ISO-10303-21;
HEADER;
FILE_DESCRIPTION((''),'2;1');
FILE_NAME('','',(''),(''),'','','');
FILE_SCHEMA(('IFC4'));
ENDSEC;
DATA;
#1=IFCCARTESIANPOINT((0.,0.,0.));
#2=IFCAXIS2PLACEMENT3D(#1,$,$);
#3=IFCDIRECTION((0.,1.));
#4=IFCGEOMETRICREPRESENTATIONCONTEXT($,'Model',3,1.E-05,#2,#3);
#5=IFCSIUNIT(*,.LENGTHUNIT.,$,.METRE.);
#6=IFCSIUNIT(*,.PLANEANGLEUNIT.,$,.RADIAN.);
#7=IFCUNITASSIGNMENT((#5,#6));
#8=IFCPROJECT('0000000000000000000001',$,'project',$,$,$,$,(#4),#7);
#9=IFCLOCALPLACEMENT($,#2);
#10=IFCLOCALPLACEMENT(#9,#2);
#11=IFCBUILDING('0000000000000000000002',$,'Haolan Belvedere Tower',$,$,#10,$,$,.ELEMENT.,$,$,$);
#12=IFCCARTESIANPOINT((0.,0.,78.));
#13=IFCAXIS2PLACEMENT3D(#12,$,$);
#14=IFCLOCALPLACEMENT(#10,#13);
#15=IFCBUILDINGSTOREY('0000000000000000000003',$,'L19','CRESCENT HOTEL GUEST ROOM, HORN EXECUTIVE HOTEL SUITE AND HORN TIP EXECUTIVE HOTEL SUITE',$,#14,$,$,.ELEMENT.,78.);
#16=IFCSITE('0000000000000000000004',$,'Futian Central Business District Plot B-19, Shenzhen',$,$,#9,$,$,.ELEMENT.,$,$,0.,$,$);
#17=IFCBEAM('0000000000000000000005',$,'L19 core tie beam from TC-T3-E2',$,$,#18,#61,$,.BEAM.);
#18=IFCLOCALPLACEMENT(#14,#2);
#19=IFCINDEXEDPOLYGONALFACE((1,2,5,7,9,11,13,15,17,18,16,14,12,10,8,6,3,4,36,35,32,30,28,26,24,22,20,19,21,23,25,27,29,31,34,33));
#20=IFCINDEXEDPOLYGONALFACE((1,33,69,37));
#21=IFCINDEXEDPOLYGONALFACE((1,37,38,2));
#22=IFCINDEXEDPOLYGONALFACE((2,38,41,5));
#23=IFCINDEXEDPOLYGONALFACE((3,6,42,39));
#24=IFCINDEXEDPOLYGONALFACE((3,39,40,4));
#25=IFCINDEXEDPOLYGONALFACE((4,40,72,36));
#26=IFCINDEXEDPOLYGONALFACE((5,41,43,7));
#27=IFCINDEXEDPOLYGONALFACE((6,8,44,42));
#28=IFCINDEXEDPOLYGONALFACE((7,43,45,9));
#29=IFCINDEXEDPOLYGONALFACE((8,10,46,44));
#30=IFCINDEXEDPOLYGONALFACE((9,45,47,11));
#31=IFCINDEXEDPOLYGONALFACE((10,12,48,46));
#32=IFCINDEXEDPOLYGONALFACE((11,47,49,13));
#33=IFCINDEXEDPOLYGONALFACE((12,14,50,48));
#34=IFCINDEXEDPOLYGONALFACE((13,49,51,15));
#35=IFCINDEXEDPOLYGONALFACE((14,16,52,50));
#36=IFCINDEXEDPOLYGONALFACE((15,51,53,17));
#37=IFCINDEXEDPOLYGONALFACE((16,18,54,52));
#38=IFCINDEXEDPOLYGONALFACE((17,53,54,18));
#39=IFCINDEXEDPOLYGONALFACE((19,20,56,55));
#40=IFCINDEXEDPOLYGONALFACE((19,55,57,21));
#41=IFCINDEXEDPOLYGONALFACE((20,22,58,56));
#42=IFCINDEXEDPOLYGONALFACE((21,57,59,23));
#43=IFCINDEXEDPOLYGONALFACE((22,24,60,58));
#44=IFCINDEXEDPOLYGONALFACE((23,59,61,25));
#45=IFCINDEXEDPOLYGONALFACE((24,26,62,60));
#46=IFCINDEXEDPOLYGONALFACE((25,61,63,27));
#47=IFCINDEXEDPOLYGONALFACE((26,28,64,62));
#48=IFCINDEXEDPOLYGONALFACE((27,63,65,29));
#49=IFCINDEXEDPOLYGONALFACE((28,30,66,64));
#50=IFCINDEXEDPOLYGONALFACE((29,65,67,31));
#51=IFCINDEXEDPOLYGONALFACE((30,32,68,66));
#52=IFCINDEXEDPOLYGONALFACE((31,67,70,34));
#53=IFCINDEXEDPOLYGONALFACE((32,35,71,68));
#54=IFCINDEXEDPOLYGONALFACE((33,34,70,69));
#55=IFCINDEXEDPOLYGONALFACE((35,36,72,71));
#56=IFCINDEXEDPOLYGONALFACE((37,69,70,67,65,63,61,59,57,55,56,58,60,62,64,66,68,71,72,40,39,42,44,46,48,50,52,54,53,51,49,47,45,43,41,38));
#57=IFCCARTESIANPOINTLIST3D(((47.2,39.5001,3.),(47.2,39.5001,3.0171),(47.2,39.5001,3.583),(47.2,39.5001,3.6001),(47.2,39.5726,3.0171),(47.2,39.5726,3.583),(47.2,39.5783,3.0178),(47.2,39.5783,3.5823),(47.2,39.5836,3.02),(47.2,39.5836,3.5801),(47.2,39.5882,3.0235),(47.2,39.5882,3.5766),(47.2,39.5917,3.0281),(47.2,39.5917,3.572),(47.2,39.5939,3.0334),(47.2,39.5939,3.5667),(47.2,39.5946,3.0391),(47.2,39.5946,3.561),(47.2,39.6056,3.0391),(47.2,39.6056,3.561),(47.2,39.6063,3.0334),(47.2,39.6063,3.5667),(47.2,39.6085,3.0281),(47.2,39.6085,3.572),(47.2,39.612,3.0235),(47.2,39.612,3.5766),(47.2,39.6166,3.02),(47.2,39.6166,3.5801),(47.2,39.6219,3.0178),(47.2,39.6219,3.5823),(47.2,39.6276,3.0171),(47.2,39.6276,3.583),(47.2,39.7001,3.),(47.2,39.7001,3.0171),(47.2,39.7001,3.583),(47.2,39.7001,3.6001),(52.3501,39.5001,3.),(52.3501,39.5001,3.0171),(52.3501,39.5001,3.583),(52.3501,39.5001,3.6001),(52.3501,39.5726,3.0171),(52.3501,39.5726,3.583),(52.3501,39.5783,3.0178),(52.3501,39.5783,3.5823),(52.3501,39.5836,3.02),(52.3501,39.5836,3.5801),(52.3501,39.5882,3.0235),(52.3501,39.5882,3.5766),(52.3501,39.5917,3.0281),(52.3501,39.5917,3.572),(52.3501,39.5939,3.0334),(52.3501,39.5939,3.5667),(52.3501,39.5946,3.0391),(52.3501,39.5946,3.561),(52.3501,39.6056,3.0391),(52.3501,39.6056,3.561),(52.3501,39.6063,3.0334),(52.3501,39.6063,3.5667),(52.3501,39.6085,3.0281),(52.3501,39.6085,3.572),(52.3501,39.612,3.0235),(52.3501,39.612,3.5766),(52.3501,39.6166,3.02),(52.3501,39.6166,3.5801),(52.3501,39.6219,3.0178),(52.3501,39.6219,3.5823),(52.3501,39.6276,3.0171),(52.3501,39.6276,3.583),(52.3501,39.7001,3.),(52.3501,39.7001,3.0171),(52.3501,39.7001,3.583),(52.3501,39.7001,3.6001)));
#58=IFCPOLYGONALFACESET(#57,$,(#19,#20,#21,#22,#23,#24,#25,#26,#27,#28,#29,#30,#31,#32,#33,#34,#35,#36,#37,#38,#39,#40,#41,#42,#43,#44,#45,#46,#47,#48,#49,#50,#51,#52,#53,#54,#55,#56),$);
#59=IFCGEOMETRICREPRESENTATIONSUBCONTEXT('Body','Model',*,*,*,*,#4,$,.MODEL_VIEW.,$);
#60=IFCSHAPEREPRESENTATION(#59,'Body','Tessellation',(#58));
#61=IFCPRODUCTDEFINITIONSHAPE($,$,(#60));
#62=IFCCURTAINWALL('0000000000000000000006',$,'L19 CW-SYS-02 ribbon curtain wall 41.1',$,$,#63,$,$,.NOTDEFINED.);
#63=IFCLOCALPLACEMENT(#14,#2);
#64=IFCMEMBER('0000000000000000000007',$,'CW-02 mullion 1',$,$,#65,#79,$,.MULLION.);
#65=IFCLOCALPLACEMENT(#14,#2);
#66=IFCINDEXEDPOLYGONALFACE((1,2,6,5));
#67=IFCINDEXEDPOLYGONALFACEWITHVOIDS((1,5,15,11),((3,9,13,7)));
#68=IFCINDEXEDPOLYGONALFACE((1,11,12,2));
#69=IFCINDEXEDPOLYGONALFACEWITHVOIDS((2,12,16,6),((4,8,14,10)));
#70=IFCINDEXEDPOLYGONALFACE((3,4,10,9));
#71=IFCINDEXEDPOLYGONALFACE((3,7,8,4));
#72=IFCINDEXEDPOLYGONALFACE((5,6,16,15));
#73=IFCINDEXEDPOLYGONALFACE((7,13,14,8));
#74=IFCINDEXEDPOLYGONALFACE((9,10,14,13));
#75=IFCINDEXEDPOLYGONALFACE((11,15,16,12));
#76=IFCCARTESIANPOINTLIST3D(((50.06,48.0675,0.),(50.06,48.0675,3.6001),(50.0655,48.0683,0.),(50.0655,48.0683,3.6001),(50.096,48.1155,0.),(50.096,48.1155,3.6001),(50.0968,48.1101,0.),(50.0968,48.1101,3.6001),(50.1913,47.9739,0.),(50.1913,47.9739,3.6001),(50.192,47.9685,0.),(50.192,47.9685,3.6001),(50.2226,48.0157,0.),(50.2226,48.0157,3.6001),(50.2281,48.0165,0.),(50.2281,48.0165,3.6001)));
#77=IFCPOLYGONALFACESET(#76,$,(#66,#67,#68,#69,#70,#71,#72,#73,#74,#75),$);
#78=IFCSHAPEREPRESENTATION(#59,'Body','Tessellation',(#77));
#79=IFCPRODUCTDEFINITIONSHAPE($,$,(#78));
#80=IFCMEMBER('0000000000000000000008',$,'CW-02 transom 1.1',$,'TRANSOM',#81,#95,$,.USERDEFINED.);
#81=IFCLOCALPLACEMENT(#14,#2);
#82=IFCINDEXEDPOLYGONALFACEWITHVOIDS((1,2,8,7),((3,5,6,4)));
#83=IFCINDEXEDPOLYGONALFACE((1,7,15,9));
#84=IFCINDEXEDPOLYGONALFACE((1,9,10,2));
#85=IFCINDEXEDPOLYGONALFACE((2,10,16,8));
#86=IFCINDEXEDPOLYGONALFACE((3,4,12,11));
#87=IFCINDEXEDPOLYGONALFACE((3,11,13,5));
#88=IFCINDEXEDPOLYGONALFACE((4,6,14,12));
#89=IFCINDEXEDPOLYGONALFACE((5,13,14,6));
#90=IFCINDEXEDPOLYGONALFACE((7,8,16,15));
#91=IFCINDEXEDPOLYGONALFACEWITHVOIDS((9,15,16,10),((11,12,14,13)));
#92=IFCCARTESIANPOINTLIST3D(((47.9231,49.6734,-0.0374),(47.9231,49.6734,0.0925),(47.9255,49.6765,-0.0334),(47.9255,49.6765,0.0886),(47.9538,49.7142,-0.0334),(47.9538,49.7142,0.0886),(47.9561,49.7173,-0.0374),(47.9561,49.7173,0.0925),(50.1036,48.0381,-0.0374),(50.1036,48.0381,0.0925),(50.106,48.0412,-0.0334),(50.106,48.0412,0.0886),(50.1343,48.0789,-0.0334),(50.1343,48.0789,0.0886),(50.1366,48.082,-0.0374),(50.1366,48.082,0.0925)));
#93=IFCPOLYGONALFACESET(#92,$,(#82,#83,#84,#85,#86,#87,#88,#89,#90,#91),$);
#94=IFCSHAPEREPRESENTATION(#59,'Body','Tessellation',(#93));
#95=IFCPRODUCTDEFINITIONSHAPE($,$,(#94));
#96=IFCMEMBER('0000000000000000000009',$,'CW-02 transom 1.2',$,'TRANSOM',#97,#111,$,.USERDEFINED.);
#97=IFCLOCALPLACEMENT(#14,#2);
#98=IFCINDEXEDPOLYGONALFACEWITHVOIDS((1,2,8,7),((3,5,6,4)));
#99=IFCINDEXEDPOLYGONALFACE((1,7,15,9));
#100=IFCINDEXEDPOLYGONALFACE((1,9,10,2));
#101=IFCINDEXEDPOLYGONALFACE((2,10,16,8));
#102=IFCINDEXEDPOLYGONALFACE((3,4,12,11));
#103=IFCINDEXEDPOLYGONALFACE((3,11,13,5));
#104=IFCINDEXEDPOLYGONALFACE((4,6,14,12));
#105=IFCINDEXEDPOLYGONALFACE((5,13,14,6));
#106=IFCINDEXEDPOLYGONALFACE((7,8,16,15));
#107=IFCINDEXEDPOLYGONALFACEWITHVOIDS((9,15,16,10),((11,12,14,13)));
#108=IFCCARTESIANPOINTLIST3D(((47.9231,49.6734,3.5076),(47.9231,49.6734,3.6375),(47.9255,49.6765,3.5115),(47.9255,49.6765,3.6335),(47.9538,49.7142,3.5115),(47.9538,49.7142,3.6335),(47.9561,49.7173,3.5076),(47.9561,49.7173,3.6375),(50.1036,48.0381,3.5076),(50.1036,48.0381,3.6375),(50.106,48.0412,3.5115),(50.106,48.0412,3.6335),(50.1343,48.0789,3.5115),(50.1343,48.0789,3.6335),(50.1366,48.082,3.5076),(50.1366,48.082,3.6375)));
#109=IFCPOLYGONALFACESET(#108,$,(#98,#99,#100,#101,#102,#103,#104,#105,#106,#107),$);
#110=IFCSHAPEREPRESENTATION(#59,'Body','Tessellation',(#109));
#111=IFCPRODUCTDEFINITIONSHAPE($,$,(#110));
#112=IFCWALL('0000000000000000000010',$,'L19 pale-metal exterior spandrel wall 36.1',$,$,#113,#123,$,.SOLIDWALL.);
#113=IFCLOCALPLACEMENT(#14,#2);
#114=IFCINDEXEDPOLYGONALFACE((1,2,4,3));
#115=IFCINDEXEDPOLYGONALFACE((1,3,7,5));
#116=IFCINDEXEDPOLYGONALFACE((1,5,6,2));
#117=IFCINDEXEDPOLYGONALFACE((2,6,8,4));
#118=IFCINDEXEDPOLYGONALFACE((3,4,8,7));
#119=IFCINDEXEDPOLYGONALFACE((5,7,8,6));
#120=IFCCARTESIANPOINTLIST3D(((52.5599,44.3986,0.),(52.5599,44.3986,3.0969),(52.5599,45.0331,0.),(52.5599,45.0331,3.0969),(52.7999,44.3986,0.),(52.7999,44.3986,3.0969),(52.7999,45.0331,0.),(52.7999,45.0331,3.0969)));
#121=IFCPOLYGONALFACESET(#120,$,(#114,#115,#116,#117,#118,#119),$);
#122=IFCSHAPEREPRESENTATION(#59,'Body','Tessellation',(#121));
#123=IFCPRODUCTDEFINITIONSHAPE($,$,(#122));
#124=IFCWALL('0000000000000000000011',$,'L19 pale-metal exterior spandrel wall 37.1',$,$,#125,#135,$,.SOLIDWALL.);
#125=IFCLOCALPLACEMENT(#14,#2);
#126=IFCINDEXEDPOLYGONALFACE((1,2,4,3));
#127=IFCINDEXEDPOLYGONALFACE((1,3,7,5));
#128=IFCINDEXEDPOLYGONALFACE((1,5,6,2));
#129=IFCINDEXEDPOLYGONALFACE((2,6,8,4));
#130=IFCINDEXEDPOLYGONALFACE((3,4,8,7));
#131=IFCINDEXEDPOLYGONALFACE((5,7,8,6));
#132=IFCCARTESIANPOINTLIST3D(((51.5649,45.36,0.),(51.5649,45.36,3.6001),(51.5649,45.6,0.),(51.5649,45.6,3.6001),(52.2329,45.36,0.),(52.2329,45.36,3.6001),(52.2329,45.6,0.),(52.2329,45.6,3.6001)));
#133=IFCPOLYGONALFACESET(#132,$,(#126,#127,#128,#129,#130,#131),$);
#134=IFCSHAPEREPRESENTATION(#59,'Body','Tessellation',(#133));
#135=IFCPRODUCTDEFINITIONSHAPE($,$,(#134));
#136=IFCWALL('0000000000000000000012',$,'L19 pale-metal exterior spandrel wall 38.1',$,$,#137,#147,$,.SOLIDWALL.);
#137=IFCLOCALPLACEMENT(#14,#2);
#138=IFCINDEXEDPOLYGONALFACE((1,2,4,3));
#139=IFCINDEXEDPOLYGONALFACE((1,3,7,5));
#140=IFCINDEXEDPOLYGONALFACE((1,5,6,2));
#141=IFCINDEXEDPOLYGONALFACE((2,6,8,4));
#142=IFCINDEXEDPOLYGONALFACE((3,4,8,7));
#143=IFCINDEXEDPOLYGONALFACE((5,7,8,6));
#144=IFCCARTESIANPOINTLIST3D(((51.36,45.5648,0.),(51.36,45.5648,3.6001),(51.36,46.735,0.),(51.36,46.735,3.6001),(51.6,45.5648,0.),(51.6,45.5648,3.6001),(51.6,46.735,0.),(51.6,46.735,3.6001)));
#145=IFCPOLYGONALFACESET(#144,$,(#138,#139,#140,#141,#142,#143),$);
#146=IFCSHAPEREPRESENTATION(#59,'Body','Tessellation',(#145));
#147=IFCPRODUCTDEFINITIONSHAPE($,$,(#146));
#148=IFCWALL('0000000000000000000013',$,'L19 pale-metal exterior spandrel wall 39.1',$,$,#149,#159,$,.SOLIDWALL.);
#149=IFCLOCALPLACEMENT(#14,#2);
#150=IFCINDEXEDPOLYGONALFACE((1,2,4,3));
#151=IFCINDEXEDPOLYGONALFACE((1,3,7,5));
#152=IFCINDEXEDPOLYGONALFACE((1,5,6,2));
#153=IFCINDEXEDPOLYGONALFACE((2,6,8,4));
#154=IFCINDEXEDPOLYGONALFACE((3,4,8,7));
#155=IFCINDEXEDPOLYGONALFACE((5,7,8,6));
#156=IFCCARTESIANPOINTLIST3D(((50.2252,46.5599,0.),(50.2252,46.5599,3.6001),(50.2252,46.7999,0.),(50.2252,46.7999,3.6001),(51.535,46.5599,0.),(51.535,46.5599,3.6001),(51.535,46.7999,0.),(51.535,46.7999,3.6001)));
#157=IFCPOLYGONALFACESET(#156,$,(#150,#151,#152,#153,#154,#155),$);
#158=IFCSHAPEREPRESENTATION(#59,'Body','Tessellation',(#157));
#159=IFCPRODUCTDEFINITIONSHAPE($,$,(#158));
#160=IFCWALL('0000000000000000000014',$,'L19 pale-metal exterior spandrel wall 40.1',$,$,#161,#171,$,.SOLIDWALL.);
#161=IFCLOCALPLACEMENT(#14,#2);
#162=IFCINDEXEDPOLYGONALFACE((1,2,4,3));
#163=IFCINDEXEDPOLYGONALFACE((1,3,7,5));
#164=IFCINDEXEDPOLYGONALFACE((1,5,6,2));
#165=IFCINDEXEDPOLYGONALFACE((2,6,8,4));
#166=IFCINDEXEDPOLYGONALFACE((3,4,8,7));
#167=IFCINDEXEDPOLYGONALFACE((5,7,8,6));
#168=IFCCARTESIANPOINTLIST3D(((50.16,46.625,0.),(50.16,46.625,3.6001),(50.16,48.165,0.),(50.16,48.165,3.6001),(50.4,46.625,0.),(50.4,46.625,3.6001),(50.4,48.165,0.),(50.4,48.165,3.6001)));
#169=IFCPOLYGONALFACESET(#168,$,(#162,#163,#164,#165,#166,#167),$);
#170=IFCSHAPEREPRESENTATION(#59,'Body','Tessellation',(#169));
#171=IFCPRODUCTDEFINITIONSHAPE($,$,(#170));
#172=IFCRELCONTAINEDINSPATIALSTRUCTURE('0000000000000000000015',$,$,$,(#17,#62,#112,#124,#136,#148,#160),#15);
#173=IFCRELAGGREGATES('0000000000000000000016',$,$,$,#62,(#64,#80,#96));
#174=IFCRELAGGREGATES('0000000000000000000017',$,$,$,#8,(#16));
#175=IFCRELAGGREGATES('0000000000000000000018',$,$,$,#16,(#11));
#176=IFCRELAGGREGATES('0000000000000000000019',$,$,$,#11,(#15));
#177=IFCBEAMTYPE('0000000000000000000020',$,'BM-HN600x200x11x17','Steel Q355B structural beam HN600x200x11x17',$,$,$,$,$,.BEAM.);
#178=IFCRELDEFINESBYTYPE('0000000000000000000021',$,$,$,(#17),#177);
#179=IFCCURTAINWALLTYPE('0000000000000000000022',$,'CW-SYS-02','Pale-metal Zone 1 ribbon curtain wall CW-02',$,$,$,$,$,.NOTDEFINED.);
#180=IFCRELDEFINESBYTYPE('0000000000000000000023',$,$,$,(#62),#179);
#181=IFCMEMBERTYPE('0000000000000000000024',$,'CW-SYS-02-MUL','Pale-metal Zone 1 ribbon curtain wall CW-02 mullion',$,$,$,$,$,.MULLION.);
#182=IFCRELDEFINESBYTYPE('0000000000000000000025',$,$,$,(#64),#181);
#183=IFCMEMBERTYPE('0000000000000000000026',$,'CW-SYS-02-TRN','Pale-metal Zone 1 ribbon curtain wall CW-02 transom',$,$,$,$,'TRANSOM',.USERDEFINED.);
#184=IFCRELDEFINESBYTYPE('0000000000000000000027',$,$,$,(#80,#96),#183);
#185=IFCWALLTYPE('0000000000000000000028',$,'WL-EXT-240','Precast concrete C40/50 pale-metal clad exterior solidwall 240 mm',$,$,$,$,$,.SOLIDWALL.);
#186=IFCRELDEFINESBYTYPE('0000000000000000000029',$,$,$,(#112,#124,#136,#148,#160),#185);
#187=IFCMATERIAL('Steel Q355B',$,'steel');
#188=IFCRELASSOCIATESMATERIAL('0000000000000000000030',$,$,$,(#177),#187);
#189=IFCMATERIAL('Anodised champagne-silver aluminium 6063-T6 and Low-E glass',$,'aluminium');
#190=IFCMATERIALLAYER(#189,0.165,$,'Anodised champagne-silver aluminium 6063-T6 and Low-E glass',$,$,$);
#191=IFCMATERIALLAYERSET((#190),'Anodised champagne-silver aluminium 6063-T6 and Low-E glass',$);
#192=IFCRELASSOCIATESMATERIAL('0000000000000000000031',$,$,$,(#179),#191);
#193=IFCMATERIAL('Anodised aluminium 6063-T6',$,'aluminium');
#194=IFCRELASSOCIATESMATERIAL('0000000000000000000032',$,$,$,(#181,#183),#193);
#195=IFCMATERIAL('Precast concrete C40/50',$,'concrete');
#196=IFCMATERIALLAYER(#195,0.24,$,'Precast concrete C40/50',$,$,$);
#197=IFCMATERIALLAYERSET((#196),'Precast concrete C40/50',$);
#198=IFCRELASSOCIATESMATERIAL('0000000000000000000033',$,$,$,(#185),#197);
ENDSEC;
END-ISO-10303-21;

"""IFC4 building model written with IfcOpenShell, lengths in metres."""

from ifc_helpers import new_model, si_unit, direction, frame, frame_2d, origin, origin_2d, place, context, subcontext, project, spatial, rectangle, hollow_rectangle, i_section, extrude, material, layer, layer_set, material_profile, profile_set, type_object, element, aggregate, save


model = new_model("IFC4")

# Units and contexts
model_context = context("Model", 3, precision=1e-05, world=origin(), true_north=direction((0.0, 1.0)))
body_context = subcontext(model_context, "Body", "Model", "MODEL_VIEW")
ifc_project = project(units=[si_unit("LENGTHUNIT", "METRE"), si_unit("PLANEANGLEUNIT", "RADIAN")], contexts=[model_context])

# Site, building, storey
site_placement = place(None, origin())
site = spatial("IfcSite", under=ifc_project, at=site_placement, Name="Futian Central Business District Plot B-19, Shenzhen", CompositionType="ELEMENT", RefElevation=0.0)
building_placement = place(site_placement, origin())
building = spatial("IfcBuilding", under=site, at=building_placement, Name="Haolan Belvedere Tower", CompositionType="ELEMENT")
storey_placement = place(building_placement, frame((0.0, 0.0, 78.0)))
storey = spatial("IfcBuildingStorey", under=building, at=storey_placement, Name="L19", Description="CRESCENT HOTEL GUEST ROOM, HORN EXECUTIVE HOTEL SUITE AND HORN TIP EXECUTIVE HOTEL SUITE", CompositionType="ELEMENT", Elevation=78.0)

# Shared definitions
ifc_material_1 = material(Name="Steel Q355B", Category="steel")

# Beam
ifc_material_profile_1 = material_profile(ifc_material_1, i_section(OverallWidth=0.2, OverallDepth=0.6001, WebThickness=0.011, FlangeThickness=0.0171, FilletRadius=0.022, at=origin_2d()), Name="Steel Q355B")
ifc_profile_set_1 = profile_set([ifc_material_profile_1], Name="Steel Q355B")
beam_type_1 = type_object("IfcBeamType", Name="BM-HN600x200x11x17", Description="Steel Q355B structural beam HN600x200x11x17", PredefinedType="BEAM", material=ifc_profile_set_1)
for number, where, z_axis, x_axis, name in (
    (1, (52.3501, 39.6001, 3.3), (-1.0, 0.0, 0.0), (0.0, -1.0, 0.0), "L19 core tie beam from TC-T3-E2"),
):
    element("IfcBeam", number, at=place(storey_placement, frame(where, z_axis=z_axis, x_axis=x_axis)), inside=storey, type_object=beam_type_1, Name=name, PredefinedType="BEAM", context=body_context, shape_type="SweptSolid", body=[
        extrude(i_section(OverallWidth=0.2, OverallDepth=0.6001, WebThickness=0.011, FlangeThickness=0.0171, FilletRadius=0.022, at=origin_2d()), origin(), (0.0, 0.0, 1.0), 5.1501),
    ])

# Curtain wall, members
ifc_material_2 = material(Name="Anodised champagne-silver aluminium 6063-T6 and Low-E glass", Category="aluminium")
ifc_layer_1 = layer(ifc_material_2, 0.165, Name="Anodised champagne-silver aluminium 6063-T6 and Low-E glass")
ifc_layer_set_1 = layer_set([ifc_layer_1], Name="Anodised champagne-silver aluminium 6063-T6 and Low-E glass")
curtain_wall_type = type_object("IfcCurtainWallType", Name="CW-SYS-02", Description="Pale-metal Zone 1 ribbon curtain wall CW-02", PredefinedType="NOTDEFINED", material=ifc_layer_set_1)
curtain_wall_placement = place(storey_placement, origin())
curtain_wall = element("IfcCurtainWall", 2, at=curtain_wall_placement, inside=storey, type_object=curtain_wall_type, Name="L19 CW-SYS-02 ribbon curtain wall 41.1", PredefinedType="NOTDEFINED")
ifc_material_3 = material(Name="Anodised aluminium 6063-T6", Category="aluminium")
ifc_material_profile_2 = material_profile(ifc_material_3, hollow_rectangle(XDim=0.0601, YDim=0.165, WallThickness=0.0039, at=origin_2d()), Name="Anodised aluminium 6063-T6")
ifc_profile_set_2 = profile_set([ifc_material_profile_2], Name="Anodised aluminium 6063-T6")
member_type_1 = type_object("IfcMemberType", Name="CW-SYS-02-MUL", Description="Pale-metal Zone 1 ribbon curtain wall CW-02 mullion", PredefinedType="MULLION", material=ifc_profile_set_2)
member_1_placement = place(storey_placement, frame((50.144, 48.042, 0.0), z_axis=(0.0, 0.0, 1.0), x_axis=(-0.599994, -0.800004, 0.0)))
member_1 = element("IfcMember", 3, at=member_1_placement, type_object=member_type_1, Name="CW-02 mullion 1", PredefinedType="MULLION", context=body_context, shape_type="SweptSolid", body=[
    extrude(hollow_rectangle(XDim=0.0601, YDim=0.165, WallThickness=0.0039, at=origin_2d()), origin(), (0.0, 0.0, 1.0), 3.6001),
])
ifc_material_profile_3 = material_profile(ifc_material_3, hollow_rectangle(XDim=0.0549, YDim=0.1299, WallThickness=0.0039, at=origin_2d()), Name="Anodised aluminium 6063-T6")
ifc_profile_set_3 = profile_set([ifc_material_profile_3], Name="Anodised aluminium 6063-T6")
member_type_2 = type_object("IfcMemberType", Name="CW-SYS-02-TRN", Description="Pale-metal Zone 1 ribbon curtain wall CW-02 transom", ElementType="TRANSOM", PredefinedType="USERDEFINED", material=ifc_profile_set_3)
member_2_placement = place(storey_placement, frame((50.1201, 48.0601, 0.0276), z_axis=(-0.800011, 0.599986, 0.0), x_axis=(-0.599986, -0.800011, 0.0)))
member_2 = element("IfcMember", 4, at=member_2_placement, type_object=member_type_2, Name="CW-02 transom 1.1", ObjectType="TRANSOM", PredefinedType="USERDEFINED", context=body_context, shape_type="SweptSolid", body=[
    extrude(hollow_rectangle(XDim=0.0549, YDim=0.1299, WallThickness=0.0039, at=origin_2d()), origin(), (0.0, 0.0, 1.0), 2.7256),
])
member_3_placement = place(storey_placement, frame((50.1201, 48.0601, 3.5725), z_axis=(-0.800011, 0.599986, 0.0), x_axis=(-0.599986, -0.800011, 0.0)))
member_3 = element("IfcMember", 5, at=member_3_placement, type_object=member_type_2, Name="CW-02 transom 1.2", ObjectType="TRANSOM", PredefinedType="USERDEFINED", context=body_context, shape_type="SweptSolid", body=[
    extrude(hollow_rectangle(XDim=0.0549, YDim=0.1299, WallThickness=0.0039, at=origin_2d()), origin(), (0.0, 0.0, 1.0), 2.7256),
])
aggregate(curtain_wall, [member_1, member_2, member_3])

# Walls
ifc_material_4 = material(Name="Precast concrete C40/50", Category="concrete")
ifc_layer_2 = layer(ifc_material_4, 0.24, Name="Precast concrete C40/50")
ifc_layer_set_2 = layer_set([ifc_layer_2], Name="Precast concrete C40/50")
wall_type_1 = type_object("IfcWallType", Name="WL-EXT-240", Description="Precast concrete C40/50 pale-metal clad exterior solidwall 240 mm", PredefinedType="SOLIDWALL", material=ifc_layer_set_2)
wall_1_placement = place(storey_placement, frame((52.6799, 44.3984, 0.0), z_axis=(0.0, 0.0, 1.0), x_axis=(0.0, 1.0, 0.0)))
element("IfcWall", 6, at=wall_1_placement, inside=storey, type_object=wall_type_1, Name="L19 pale-metal exterior spandrel wall 36.1", PredefinedType="SOLIDWALL", context=body_context, shape_type="SweptSolid", body=[
    extrude(rectangle(XDim=0.6345, YDim=0.24, at=frame_2d((0.3174, 0.0))), origin(), (0.0, 0.0, 1.0), 3.0969),
])
wall_2_placement = place(storey_placement, frame((52.2329, 45.48, 0.0), z_axis=(0.0, 0.0, 1.0), x_axis=(-1.0, 0.0, 0.0)))
element("IfcWall", 7, at=wall_2_placement, inside=storey, type_object=wall_type_1, Name="L19 pale-metal exterior spandrel wall 37.1", PredefinedType="SOLIDWALL", context=body_context, shape_type="SweptSolid", body=[
    extrude(rectangle(XDim=0.668, YDim=0.24, at=frame_2d((0.334, 0.0))), origin(), (0.0, 0.0, 1.0), 3.6001),
])
wall_3_placement = place(storey_placement, frame((51.48, 45.5649, 0.0), z_axis=(0.0, 0.0, 1.0), x_axis=(0.0, 1.0, 0.0)))
element("IfcWall", 8, at=wall_3_placement, inside=storey, type_object=wall_type_1, Name="L19 pale-metal exterior spandrel wall 38.1", PredefinedType="SOLIDWALL", context=body_context, shape_type="SweptSolid", body=[
    extrude(rectangle(XDim=1.1702, YDim=0.24, at=frame_2d((0.585, 0.0))), origin(), (0.0, 0.0, 1.0), 3.6001),
])
wall_4_placement = place(storey_placement, frame((51.5349, 46.6799, 0.0), z_axis=(0.0, 0.0, 1.0), x_axis=(-1.0, 0.0, 0.0)))
element("IfcWall", 9, at=wall_4_placement, inside=storey, type_object=wall_type_1, Name="L19 pale-metal exterior spandrel wall 39.1", PredefinedType="SOLIDWALL", context=body_context, shape_type="SweptSolid", body=[
    extrude(rectangle(XDim=1.3098, YDim=0.24, at=frame_2d((0.6548, 0.0))), origin(), (0.0, 0.0, 1.0), 3.6001),
])
wall_5_placement = place(storey_placement, frame((50.28, 46.625, 0.0), z_axis=(0.0, 0.0, 1.0), x_axis=(0.0, 1.0, 0.0)))
element("IfcWall", 10, at=wall_5_placement, inside=storey, type_object=wall_type_1, Name="L19 pale-metal exterior spandrel wall 40.1", PredefinedType="SOLIDWALL", context=body_context, shape_type="SweptSolid", body=[
    extrude(rectangle(XDim=1.54, YDim=0.24, at=frame_2d((0.77, 0.0))), origin(), (0.0, 0.0, 1.0), 3.6001),
])

save(model, "model.ifc")
